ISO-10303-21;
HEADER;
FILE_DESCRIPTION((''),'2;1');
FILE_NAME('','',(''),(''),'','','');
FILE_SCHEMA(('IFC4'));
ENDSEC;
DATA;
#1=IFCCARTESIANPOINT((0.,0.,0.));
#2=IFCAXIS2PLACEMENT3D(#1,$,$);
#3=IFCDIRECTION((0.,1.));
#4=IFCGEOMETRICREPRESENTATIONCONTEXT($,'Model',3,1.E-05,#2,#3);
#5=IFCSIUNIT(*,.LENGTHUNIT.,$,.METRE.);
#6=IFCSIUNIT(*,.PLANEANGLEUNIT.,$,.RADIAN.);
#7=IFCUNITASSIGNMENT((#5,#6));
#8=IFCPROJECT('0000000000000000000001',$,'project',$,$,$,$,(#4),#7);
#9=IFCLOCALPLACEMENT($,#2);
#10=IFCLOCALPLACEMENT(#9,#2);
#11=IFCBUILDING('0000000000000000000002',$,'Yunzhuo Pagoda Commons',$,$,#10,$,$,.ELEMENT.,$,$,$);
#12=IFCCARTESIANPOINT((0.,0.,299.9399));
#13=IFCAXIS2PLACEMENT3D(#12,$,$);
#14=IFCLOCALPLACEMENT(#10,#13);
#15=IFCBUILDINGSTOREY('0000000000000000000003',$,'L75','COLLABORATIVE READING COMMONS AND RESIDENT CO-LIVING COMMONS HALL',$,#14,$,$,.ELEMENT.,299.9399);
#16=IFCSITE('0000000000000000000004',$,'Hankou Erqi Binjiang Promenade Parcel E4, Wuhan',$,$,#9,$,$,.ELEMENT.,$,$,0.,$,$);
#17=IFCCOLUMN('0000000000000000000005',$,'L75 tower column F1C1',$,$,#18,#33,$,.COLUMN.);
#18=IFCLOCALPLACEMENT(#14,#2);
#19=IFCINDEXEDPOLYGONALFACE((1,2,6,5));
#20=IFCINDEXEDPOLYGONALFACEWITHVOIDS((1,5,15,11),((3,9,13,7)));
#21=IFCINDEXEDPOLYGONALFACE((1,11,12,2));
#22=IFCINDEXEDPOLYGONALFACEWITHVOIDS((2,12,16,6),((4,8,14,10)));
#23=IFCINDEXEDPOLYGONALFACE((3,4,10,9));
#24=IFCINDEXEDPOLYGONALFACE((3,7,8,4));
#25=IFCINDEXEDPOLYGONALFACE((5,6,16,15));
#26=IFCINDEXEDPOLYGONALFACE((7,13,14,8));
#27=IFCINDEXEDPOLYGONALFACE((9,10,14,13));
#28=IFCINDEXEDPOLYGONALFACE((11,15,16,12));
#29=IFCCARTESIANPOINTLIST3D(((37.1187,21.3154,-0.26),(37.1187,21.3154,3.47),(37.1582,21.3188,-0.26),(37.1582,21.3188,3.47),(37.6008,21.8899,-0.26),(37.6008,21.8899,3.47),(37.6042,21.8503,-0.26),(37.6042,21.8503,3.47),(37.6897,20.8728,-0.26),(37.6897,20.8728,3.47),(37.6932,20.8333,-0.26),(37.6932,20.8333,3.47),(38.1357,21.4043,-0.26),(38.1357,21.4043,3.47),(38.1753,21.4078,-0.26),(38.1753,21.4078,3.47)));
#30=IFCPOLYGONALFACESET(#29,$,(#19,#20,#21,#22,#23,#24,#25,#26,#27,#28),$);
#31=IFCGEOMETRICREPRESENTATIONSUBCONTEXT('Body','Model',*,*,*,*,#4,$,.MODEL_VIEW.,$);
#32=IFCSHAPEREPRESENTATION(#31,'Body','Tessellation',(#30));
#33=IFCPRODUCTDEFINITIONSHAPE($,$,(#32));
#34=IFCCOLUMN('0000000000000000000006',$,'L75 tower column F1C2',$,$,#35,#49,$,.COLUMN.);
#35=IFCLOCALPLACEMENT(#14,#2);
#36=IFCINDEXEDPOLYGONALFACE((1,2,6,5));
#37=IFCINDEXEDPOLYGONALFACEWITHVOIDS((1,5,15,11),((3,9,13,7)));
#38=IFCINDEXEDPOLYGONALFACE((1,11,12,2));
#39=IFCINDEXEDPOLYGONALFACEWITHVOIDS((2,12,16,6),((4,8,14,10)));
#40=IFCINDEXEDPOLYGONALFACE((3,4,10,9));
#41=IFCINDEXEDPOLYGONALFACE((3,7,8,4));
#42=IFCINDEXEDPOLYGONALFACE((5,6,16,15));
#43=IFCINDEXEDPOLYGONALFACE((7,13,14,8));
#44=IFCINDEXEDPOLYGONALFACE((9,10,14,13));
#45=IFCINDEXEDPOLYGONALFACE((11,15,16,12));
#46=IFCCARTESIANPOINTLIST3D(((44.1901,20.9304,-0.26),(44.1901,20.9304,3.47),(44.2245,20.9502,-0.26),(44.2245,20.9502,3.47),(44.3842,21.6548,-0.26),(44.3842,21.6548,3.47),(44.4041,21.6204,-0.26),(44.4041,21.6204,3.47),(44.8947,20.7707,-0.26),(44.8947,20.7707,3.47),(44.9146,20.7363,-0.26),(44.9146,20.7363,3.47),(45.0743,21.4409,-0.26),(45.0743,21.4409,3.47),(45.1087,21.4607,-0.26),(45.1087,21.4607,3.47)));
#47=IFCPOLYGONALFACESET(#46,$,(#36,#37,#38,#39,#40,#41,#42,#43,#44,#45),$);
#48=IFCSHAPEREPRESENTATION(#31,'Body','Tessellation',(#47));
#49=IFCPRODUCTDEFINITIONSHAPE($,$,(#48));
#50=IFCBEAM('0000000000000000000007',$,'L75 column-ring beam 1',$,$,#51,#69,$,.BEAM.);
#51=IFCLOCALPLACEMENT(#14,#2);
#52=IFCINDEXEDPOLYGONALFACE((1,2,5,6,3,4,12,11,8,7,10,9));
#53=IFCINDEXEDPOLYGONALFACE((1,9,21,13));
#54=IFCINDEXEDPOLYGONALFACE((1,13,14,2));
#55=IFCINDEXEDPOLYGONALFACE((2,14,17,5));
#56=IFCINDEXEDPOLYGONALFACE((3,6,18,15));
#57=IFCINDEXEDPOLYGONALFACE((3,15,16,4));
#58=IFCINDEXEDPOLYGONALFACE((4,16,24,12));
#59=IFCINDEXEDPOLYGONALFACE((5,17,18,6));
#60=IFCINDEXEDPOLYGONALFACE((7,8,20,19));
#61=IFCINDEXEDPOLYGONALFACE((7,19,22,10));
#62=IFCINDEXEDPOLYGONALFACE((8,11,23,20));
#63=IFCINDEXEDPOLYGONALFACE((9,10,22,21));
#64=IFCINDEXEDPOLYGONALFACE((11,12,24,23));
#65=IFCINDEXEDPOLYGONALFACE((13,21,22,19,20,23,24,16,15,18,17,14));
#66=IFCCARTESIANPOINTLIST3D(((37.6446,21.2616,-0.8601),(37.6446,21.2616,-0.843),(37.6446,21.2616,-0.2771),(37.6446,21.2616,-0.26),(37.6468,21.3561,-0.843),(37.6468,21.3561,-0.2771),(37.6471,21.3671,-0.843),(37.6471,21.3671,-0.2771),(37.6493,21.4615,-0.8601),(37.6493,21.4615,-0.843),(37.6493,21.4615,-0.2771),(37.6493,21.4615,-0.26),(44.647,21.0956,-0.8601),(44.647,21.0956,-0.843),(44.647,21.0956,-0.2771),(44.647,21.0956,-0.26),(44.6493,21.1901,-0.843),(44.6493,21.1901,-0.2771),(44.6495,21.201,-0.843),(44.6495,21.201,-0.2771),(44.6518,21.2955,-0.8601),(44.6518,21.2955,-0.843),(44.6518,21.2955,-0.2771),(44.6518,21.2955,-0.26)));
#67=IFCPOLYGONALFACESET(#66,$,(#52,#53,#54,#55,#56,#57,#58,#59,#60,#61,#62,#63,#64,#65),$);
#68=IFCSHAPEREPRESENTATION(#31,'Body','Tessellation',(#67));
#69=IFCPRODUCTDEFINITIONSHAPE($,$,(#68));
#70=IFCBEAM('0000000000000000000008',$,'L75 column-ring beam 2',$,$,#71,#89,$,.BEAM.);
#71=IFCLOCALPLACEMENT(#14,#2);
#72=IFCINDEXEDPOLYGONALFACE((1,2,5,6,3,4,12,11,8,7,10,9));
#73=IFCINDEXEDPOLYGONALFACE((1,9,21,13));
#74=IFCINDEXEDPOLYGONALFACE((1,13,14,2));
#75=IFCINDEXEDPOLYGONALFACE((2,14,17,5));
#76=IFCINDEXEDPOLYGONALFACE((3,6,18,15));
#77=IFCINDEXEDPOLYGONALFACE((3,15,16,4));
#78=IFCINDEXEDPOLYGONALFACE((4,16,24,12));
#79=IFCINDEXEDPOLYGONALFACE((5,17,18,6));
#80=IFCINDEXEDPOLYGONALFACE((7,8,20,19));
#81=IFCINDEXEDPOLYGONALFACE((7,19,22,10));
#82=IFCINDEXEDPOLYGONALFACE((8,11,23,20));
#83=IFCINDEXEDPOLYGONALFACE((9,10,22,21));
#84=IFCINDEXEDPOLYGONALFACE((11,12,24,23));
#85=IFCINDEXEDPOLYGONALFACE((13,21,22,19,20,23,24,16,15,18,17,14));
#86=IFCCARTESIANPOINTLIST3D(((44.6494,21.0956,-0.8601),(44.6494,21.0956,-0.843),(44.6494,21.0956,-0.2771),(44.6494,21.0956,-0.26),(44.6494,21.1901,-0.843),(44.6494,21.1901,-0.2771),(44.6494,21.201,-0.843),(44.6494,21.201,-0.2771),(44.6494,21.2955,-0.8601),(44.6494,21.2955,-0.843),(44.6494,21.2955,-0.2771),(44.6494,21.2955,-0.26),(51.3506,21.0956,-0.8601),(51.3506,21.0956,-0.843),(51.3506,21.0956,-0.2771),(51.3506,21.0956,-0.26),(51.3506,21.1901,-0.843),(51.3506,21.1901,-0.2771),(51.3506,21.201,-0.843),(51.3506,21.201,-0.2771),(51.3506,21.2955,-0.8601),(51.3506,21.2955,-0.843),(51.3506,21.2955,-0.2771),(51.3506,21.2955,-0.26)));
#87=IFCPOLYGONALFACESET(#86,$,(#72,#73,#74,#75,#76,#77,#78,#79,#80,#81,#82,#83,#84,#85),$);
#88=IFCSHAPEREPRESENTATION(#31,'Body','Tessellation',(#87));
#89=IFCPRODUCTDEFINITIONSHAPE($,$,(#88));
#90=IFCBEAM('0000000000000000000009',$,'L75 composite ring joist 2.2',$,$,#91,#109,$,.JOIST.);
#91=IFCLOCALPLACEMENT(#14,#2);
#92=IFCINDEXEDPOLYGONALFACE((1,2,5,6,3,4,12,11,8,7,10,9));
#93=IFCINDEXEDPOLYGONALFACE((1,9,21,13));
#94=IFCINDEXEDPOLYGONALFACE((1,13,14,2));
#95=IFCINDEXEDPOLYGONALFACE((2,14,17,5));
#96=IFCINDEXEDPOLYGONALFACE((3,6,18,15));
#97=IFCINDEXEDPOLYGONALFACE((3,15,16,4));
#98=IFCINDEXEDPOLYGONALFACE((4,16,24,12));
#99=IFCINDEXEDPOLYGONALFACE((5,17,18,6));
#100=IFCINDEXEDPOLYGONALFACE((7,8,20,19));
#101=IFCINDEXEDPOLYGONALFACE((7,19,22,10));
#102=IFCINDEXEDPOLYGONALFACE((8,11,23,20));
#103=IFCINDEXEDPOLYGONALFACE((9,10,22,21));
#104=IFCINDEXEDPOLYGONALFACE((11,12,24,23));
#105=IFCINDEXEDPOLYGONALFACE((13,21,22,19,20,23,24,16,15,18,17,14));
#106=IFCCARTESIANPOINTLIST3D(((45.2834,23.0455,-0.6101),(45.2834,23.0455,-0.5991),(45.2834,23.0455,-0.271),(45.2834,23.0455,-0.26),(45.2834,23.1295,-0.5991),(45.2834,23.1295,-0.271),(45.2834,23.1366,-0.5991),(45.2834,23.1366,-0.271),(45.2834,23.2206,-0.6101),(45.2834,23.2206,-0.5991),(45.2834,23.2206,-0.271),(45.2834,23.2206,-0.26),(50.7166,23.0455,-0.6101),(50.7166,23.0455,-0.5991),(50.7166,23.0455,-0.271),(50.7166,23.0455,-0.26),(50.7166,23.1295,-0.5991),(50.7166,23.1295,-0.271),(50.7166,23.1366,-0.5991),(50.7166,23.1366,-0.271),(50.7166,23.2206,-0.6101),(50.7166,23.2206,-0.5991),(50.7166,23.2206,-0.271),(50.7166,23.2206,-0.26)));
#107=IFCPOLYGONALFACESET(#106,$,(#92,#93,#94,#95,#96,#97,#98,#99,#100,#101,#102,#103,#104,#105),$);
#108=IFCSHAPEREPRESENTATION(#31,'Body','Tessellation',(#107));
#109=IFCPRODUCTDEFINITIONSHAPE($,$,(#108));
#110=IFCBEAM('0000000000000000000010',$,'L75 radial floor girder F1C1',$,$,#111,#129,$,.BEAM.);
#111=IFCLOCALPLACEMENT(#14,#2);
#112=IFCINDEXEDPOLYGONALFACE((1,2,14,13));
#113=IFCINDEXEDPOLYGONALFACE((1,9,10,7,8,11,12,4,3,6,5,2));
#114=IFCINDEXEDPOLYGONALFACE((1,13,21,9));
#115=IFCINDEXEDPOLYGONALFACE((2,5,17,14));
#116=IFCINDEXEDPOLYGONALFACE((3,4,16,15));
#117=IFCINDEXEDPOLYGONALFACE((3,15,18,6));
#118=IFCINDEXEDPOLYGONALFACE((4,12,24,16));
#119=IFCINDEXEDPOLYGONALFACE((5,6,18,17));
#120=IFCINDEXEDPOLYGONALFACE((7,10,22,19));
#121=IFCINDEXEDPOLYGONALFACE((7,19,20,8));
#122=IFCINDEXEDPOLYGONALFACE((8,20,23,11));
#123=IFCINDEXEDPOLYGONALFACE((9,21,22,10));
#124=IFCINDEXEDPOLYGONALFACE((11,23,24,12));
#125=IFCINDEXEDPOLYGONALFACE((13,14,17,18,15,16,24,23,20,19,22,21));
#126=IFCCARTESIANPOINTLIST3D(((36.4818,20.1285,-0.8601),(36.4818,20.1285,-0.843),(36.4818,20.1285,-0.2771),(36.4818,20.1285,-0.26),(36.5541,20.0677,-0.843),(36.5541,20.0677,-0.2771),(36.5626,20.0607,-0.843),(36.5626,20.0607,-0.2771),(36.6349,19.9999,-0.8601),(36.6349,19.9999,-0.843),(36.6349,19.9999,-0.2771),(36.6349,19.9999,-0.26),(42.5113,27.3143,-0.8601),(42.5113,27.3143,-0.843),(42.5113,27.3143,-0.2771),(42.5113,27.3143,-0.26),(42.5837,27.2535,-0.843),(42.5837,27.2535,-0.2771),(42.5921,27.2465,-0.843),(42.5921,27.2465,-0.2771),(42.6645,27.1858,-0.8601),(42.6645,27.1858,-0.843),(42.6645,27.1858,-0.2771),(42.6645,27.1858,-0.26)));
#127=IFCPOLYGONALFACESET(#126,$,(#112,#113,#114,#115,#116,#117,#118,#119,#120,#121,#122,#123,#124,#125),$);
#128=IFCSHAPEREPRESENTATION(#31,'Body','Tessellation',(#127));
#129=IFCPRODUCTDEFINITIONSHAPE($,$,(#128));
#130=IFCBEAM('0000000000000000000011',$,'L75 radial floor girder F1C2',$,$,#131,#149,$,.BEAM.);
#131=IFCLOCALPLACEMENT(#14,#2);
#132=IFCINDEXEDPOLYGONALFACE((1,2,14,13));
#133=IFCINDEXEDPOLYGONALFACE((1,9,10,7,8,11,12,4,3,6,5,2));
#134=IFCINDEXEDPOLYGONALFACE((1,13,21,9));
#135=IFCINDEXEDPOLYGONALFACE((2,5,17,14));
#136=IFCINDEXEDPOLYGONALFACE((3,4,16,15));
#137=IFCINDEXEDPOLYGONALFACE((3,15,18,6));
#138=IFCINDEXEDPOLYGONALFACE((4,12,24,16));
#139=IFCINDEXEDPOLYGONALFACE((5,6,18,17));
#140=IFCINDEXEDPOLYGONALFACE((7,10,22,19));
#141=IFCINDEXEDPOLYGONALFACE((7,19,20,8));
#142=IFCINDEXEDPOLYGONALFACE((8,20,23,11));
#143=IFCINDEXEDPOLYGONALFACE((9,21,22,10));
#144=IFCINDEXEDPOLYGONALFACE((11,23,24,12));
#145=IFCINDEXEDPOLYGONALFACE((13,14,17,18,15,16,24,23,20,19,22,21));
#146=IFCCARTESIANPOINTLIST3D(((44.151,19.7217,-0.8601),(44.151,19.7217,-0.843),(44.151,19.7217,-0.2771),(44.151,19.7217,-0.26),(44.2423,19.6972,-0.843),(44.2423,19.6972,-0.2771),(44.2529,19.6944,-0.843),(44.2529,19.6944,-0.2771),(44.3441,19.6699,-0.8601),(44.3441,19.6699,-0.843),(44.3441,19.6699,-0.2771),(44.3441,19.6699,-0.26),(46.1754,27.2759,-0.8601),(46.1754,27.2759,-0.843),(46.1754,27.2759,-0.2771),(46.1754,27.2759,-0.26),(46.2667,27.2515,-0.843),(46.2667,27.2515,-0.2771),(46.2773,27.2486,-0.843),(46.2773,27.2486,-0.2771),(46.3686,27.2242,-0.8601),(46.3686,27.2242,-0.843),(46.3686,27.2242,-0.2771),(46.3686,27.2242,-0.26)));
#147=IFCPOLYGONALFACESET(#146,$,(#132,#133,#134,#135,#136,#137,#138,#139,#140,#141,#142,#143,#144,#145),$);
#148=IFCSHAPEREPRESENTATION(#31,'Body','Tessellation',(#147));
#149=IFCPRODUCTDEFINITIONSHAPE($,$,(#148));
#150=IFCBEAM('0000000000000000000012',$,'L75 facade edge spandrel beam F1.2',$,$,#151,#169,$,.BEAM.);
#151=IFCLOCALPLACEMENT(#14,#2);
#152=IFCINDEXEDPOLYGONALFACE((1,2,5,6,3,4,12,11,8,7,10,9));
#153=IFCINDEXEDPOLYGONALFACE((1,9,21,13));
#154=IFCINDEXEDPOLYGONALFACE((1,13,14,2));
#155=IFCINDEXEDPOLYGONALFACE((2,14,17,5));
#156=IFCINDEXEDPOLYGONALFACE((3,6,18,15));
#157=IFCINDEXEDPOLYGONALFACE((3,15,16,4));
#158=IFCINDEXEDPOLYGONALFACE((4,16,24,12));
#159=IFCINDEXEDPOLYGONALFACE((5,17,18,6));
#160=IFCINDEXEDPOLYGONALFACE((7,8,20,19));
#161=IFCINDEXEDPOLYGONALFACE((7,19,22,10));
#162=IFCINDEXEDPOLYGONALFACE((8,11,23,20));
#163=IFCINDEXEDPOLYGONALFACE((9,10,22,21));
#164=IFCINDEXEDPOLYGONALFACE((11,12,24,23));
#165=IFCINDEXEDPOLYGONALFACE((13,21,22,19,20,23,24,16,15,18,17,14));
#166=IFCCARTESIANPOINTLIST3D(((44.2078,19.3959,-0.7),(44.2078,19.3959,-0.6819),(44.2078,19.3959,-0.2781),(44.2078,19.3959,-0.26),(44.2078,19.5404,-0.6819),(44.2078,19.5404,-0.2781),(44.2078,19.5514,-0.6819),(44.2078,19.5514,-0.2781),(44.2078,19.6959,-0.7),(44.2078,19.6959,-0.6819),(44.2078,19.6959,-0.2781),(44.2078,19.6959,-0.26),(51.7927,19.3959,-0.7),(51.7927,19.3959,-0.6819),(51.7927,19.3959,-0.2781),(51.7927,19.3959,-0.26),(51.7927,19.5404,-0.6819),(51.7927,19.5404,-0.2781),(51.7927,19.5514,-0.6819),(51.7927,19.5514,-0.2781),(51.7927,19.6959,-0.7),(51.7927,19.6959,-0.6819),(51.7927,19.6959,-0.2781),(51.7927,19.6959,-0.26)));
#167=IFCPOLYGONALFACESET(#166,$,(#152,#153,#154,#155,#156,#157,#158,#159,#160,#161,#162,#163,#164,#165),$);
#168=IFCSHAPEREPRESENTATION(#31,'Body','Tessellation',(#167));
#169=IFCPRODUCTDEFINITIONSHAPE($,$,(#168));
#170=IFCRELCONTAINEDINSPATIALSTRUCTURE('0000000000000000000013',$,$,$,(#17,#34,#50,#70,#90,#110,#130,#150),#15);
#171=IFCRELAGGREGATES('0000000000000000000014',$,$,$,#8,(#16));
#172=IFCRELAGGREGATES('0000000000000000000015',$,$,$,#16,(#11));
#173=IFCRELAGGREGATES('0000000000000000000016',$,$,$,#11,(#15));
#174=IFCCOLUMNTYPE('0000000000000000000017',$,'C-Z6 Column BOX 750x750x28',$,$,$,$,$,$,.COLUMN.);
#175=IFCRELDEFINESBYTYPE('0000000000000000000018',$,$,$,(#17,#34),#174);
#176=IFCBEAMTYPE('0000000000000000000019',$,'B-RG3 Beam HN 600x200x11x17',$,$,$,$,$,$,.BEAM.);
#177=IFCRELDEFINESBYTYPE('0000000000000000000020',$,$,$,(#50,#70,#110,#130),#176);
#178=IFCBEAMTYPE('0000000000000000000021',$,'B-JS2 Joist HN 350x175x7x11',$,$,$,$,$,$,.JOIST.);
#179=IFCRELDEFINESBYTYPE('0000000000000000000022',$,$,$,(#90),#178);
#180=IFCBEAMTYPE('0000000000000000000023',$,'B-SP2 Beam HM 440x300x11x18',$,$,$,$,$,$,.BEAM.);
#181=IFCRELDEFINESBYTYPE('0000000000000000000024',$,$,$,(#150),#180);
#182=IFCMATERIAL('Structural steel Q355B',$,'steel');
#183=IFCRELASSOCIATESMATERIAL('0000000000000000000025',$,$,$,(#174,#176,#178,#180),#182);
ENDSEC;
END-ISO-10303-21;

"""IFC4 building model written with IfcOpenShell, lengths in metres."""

from ifc_helpers import new_model, si_unit, direction, frame, origin, origin_2d, place, context, subcontext, project, spatial, hollow_rectangle, i_section, extrude, source, transform, mapped, material, material_profile, profile_set, type_object, element, save


model = new_model("IFC4")

# Units and contexts
model_context = context("Model", 3, precision=1e-05, world=origin(), true_north=direction((0.0, 1.0)))
body_context = subcontext(model_context, "Body", "Model", "MODEL_VIEW")
ifc_project = project(units=[si_unit("LENGTHUNIT", "METRE"), si_unit("PLANEANGLEUNIT", "RADIAN")], contexts=[model_context])

# Site, building, storey
site_placement = place(None, origin())
site = spatial("IfcSite", under=ifc_project, at=site_placement, Name="Hankou Erqi Binjiang Promenade Parcel E4, Wuhan", CompositionType="ELEMENT", RefElevation=0.0)
building_placement = place(site_placement, origin())
building = spatial("IfcBuilding", under=site, at=building_placement, Name="Yunzhuo Pagoda Commons", CompositionType="ELEMENT")
storey_placement = place(building_placement, frame((0.0, 0.0, 299.9399)))
storey = spatial("IfcBuildingStorey", under=building, at=storey_placement, Name="L75", Description="COLLABORATIVE READING COMMONS AND RESIDENT CO-LIVING COMMONS HALL", CompositionType="ELEMENT", Elevation=299.9399)

# Columns
ifc_material_1 = material(Name="Structural steel Q355B", Category="steel")
ifc_material_profile_1 = material_profile(ifc_material_1, hollow_rectangle(XDim=0.75, YDim=0.75, WallThickness=0.0281, at=origin_2d()), Name="Structural steel Q355B")
ifc_profile_set_1 = profile_set([ifc_material_profile_1], Name="Structural steel Q355B")
column_type = type_object("IfcColumnType", Name="C-Z6 Column BOX 750x750x28", PredefinedType="COLUMN", material=ifc_profile_set_1)
shared_shape_1 = source(origin(), body_context, "Body", "SweptSolid", [
    extrude(hollow_rectangle(XDim=0.75, YDim=0.75, WallThickness=0.0281, at=origin_2d()), origin(), (0.0, 0.0, 1.0), 3.73),
])
for number, where, z_axis, x_axis, name in (
    (1, (37.647, 21.3616, -0.26), (0.0, 0.0, 1.0), (0.766044, -0.642788, 0.0), "L75 tower column F1C1"),
    (2, (44.6494, 21.1956, -0.26), (0.0, 0.0, 1.0), (0.965926, -0.258819, 0.0), "L75 tower column F1C2"),
):
    element("IfcColumn", number, at=place(storey_placement, frame(where, z_axis=z_axis, x_axis=x_axis)), inside=storey, type_object=column_type, Name=name, PredefinedType="COLUMN", context=body_context, shape_type="MappedRepresentation", body=[
        mapped(shared_shape_1, transform((0.0, 0.0, 0.0), scale=1.0)),
    ])

# Beams
ifc_material_profile_2 = material_profile(ifc_material_1, i_section(OverallWidth=0.2, OverallDepth=0.6001, WebThickness=0.011, FlangeThickness=0.0171, at=origin_2d()), Name="Structural steel Q355B")
ifc_profile_set_2 = profile_set([ifc_material_profile_2], Name="Structural steel Q355B")
beam_type_1 = type_object("IfcBeamType", Name="B-RG3 Beam HN 600x200x11x17", PredefinedType="BEAM", material=ifc_profile_set_2)
shared_shape_2 = source(origin(), body_context, "Body", "SweptSolid", [
    extrude(i_section(OverallWidth=0.2, OverallDepth=0.6001, WebThickness=0.011, FlangeThickness=0.0171, at=origin_2d()), origin(), (0.0, 0.0, 1.0), 7.0044),
])
beam_1_placement = place(storey_placement, frame((37.647, 21.3616, -0.5601), z_axis=(0.999719, -0.023702, 0.0), x_axis=(0.023702, 0.999719, 0.0)))
element("IfcBeam", 3, at=beam_1_placement, inside=storey, type_object=beam_type_1, Name="L75 column-ring beam 1", PredefinedType="BEAM", context=body_context, shape_type="MappedRepresentation", body=[
    mapped(shared_shape_2, transform((0.0, 0.0, 0.0), scale=1.0)),
])
shared_shape_3 = source(origin(), body_context, "Body", "SweptSolid", [
    extrude(i_section(OverallWidth=0.2, OverallDepth=0.6001, WebThickness=0.011, FlangeThickness=0.0171, at=origin_2d()), origin(), (0.0, 0.0, 1.0), 6.7012),
])
beam_2_placement = place(storey_placement, frame((44.6494, 21.1956, -0.5601), z_axis=(1.0, 0.0, 0.0), x_axis=(0.0, 1.0, 0.0)))
element("IfcBeam", 4, at=beam_2_placement, inside=storey, type_object=beam_type_1, Name="L75 column-ring beam 2", PredefinedType="BEAM", context=body_context, shape_type="MappedRepresentation", body=[
    mapped(shared_shape_3, transform((0.0, 0.0, 0.0), scale=1.0)),
])
ifc_material_profile_3 = material_profile(ifc_material_1, i_section(OverallWidth=0.175, OverallDepth=0.3501, WebThickness=0.0071, FlangeThickness=0.011, at=origin_2d()), Name="Structural steel Q355B")
ifc_profile_set_3 = profile_set([ifc_material_profile_3], Name="Structural steel Q355B")
beam_type_2 = type_object("IfcBeamType", Name="B-JS2 Joist HN 350x175x7x11", PredefinedType="JOIST", material=ifc_profile_set_3)
shared_shape_4 = source(origin(), body_context, "Body", "SweptSolid", [
    extrude(i_section(OverallWidth=0.175, OverallDepth=0.3501, WebThickness=0.0071, FlangeThickness=0.011, at=origin_2d()), origin(), (0.0, 0.0, 1.0), 5.4331),
])
beam_3_placement = place(storey_placement, frame((45.2834, 23.1331, -0.4351), z_axis=(1.0, 0.0, 0.0), x_axis=(0.0, 1.0, 0.0)))
element("IfcBeam", 5, at=beam_3_placement, inside=storey, type_object=beam_type_2, Name="L75 composite ring joist 2.2", PredefinedType="JOIST", context=body_context, shape_type="MappedRepresentation", body=[
    mapped(shared_shape_4, transform((0.0, 0.0, 0.0), scale=1.0)),
])
shared_shape_5 = source(origin(), body_context, "Body", "SweptSolid", [
    extrude(i_section(OverallWidth=0.2, OverallDepth=0.6001, WebThickness=0.011, FlangeThickness=0.0171, at=origin_2d()), origin(), (0.0, 0.0, 1.0), 9.3804),
])
beam_4_placement = place(storey_placement, frame((36.5583, 20.0642, -0.5601), z_axis=(0.642784, 0.766047, 0.0), x_axis=(-0.766047, 0.642784, 0.0)))
element("IfcBeam", 6, at=beam_4_placement, inside=storey, type_object=beam_type_1, Name="L75 radial floor girder F1C1", PredefinedType="BEAM", context=body_context, shape_type="MappedRepresentation", body=[
    mapped(shared_shape_5, transform((0.0, 0.0, 0.0), scale=1.0)),
])
shared_shape_6 = source(origin(), body_context, "Body", "SweptSolid", [
    extrude(i_section(OverallWidth=0.2, OverallDepth=0.6001, WebThickness=0.011, FlangeThickness=0.0171, at=origin_2d()), origin(), (0.0, 0.0, 1.0), 7.8208),
])
beam_5_placement = place(storey_placement, frame((44.2476, 19.6958, -0.5601), z_axis=(0.258852, 0.965917, 0.0), x_axis=(-0.965917, 0.258852, 0.0)))
element("IfcBeam", 7, at=beam_5_placement, inside=storey, type_object=beam_type_1, Name="L75 radial floor girder F1C2", PredefinedType="BEAM", context=body_context, shape_type="MappedRepresentation", body=[
    mapped(shared_shape_6, transform((0.0, 0.0, 0.0), scale=1.0)),
])
ifc_material_profile_4 = material_profile(ifc_material_1, i_section(OverallWidth=0.3, OverallDepth=0.4399, WebThickness=0.011, FlangeThickness=0.0181, at=origin_2d()), Name="Structural steel Q355B")
ifc_profile_set_4 = profile_set([ifc_material_profile_4], Name="Structural steel Q355B")
beam_type_3 = type_object("IfcBeamType", Name="B-SP2 Beam HM 440x300x11x18", PredefinedType="BEAM", material=ifc_profile_set_4)
shared_shape_7 = source(origin(), body_context, "Body", "SweptSolid", [
    extrude(i_section(OverallWidth=0.3, OverallDepth=0.4399, WebThickness=0.011, FlangeThickness=0.0181, at=origin_2d()), origin(), (0.0, 0.0, 1.0), 7.585),
])
beam_6_placement = place(storey_placement, frame((44.2078, 19.5459, -0.48), z_axis=(1.0, 0.0, 0.0), x_axis=(0.0, 1.0, 0.0)))
element("IfcBeam", 8, at=beam_6_placement, inside=storey, type_object=beam_type_3, Name="L75 facade edge spandrel beam F1.2", PredefinedType="BEAM", context=body_context, shape_type="MappedRepresentation", body=[
    mapped(shared_shape_7, transform((0.0, 0.0, 0.0), scale=1.0)),
])

save(model, "model.ifc")
